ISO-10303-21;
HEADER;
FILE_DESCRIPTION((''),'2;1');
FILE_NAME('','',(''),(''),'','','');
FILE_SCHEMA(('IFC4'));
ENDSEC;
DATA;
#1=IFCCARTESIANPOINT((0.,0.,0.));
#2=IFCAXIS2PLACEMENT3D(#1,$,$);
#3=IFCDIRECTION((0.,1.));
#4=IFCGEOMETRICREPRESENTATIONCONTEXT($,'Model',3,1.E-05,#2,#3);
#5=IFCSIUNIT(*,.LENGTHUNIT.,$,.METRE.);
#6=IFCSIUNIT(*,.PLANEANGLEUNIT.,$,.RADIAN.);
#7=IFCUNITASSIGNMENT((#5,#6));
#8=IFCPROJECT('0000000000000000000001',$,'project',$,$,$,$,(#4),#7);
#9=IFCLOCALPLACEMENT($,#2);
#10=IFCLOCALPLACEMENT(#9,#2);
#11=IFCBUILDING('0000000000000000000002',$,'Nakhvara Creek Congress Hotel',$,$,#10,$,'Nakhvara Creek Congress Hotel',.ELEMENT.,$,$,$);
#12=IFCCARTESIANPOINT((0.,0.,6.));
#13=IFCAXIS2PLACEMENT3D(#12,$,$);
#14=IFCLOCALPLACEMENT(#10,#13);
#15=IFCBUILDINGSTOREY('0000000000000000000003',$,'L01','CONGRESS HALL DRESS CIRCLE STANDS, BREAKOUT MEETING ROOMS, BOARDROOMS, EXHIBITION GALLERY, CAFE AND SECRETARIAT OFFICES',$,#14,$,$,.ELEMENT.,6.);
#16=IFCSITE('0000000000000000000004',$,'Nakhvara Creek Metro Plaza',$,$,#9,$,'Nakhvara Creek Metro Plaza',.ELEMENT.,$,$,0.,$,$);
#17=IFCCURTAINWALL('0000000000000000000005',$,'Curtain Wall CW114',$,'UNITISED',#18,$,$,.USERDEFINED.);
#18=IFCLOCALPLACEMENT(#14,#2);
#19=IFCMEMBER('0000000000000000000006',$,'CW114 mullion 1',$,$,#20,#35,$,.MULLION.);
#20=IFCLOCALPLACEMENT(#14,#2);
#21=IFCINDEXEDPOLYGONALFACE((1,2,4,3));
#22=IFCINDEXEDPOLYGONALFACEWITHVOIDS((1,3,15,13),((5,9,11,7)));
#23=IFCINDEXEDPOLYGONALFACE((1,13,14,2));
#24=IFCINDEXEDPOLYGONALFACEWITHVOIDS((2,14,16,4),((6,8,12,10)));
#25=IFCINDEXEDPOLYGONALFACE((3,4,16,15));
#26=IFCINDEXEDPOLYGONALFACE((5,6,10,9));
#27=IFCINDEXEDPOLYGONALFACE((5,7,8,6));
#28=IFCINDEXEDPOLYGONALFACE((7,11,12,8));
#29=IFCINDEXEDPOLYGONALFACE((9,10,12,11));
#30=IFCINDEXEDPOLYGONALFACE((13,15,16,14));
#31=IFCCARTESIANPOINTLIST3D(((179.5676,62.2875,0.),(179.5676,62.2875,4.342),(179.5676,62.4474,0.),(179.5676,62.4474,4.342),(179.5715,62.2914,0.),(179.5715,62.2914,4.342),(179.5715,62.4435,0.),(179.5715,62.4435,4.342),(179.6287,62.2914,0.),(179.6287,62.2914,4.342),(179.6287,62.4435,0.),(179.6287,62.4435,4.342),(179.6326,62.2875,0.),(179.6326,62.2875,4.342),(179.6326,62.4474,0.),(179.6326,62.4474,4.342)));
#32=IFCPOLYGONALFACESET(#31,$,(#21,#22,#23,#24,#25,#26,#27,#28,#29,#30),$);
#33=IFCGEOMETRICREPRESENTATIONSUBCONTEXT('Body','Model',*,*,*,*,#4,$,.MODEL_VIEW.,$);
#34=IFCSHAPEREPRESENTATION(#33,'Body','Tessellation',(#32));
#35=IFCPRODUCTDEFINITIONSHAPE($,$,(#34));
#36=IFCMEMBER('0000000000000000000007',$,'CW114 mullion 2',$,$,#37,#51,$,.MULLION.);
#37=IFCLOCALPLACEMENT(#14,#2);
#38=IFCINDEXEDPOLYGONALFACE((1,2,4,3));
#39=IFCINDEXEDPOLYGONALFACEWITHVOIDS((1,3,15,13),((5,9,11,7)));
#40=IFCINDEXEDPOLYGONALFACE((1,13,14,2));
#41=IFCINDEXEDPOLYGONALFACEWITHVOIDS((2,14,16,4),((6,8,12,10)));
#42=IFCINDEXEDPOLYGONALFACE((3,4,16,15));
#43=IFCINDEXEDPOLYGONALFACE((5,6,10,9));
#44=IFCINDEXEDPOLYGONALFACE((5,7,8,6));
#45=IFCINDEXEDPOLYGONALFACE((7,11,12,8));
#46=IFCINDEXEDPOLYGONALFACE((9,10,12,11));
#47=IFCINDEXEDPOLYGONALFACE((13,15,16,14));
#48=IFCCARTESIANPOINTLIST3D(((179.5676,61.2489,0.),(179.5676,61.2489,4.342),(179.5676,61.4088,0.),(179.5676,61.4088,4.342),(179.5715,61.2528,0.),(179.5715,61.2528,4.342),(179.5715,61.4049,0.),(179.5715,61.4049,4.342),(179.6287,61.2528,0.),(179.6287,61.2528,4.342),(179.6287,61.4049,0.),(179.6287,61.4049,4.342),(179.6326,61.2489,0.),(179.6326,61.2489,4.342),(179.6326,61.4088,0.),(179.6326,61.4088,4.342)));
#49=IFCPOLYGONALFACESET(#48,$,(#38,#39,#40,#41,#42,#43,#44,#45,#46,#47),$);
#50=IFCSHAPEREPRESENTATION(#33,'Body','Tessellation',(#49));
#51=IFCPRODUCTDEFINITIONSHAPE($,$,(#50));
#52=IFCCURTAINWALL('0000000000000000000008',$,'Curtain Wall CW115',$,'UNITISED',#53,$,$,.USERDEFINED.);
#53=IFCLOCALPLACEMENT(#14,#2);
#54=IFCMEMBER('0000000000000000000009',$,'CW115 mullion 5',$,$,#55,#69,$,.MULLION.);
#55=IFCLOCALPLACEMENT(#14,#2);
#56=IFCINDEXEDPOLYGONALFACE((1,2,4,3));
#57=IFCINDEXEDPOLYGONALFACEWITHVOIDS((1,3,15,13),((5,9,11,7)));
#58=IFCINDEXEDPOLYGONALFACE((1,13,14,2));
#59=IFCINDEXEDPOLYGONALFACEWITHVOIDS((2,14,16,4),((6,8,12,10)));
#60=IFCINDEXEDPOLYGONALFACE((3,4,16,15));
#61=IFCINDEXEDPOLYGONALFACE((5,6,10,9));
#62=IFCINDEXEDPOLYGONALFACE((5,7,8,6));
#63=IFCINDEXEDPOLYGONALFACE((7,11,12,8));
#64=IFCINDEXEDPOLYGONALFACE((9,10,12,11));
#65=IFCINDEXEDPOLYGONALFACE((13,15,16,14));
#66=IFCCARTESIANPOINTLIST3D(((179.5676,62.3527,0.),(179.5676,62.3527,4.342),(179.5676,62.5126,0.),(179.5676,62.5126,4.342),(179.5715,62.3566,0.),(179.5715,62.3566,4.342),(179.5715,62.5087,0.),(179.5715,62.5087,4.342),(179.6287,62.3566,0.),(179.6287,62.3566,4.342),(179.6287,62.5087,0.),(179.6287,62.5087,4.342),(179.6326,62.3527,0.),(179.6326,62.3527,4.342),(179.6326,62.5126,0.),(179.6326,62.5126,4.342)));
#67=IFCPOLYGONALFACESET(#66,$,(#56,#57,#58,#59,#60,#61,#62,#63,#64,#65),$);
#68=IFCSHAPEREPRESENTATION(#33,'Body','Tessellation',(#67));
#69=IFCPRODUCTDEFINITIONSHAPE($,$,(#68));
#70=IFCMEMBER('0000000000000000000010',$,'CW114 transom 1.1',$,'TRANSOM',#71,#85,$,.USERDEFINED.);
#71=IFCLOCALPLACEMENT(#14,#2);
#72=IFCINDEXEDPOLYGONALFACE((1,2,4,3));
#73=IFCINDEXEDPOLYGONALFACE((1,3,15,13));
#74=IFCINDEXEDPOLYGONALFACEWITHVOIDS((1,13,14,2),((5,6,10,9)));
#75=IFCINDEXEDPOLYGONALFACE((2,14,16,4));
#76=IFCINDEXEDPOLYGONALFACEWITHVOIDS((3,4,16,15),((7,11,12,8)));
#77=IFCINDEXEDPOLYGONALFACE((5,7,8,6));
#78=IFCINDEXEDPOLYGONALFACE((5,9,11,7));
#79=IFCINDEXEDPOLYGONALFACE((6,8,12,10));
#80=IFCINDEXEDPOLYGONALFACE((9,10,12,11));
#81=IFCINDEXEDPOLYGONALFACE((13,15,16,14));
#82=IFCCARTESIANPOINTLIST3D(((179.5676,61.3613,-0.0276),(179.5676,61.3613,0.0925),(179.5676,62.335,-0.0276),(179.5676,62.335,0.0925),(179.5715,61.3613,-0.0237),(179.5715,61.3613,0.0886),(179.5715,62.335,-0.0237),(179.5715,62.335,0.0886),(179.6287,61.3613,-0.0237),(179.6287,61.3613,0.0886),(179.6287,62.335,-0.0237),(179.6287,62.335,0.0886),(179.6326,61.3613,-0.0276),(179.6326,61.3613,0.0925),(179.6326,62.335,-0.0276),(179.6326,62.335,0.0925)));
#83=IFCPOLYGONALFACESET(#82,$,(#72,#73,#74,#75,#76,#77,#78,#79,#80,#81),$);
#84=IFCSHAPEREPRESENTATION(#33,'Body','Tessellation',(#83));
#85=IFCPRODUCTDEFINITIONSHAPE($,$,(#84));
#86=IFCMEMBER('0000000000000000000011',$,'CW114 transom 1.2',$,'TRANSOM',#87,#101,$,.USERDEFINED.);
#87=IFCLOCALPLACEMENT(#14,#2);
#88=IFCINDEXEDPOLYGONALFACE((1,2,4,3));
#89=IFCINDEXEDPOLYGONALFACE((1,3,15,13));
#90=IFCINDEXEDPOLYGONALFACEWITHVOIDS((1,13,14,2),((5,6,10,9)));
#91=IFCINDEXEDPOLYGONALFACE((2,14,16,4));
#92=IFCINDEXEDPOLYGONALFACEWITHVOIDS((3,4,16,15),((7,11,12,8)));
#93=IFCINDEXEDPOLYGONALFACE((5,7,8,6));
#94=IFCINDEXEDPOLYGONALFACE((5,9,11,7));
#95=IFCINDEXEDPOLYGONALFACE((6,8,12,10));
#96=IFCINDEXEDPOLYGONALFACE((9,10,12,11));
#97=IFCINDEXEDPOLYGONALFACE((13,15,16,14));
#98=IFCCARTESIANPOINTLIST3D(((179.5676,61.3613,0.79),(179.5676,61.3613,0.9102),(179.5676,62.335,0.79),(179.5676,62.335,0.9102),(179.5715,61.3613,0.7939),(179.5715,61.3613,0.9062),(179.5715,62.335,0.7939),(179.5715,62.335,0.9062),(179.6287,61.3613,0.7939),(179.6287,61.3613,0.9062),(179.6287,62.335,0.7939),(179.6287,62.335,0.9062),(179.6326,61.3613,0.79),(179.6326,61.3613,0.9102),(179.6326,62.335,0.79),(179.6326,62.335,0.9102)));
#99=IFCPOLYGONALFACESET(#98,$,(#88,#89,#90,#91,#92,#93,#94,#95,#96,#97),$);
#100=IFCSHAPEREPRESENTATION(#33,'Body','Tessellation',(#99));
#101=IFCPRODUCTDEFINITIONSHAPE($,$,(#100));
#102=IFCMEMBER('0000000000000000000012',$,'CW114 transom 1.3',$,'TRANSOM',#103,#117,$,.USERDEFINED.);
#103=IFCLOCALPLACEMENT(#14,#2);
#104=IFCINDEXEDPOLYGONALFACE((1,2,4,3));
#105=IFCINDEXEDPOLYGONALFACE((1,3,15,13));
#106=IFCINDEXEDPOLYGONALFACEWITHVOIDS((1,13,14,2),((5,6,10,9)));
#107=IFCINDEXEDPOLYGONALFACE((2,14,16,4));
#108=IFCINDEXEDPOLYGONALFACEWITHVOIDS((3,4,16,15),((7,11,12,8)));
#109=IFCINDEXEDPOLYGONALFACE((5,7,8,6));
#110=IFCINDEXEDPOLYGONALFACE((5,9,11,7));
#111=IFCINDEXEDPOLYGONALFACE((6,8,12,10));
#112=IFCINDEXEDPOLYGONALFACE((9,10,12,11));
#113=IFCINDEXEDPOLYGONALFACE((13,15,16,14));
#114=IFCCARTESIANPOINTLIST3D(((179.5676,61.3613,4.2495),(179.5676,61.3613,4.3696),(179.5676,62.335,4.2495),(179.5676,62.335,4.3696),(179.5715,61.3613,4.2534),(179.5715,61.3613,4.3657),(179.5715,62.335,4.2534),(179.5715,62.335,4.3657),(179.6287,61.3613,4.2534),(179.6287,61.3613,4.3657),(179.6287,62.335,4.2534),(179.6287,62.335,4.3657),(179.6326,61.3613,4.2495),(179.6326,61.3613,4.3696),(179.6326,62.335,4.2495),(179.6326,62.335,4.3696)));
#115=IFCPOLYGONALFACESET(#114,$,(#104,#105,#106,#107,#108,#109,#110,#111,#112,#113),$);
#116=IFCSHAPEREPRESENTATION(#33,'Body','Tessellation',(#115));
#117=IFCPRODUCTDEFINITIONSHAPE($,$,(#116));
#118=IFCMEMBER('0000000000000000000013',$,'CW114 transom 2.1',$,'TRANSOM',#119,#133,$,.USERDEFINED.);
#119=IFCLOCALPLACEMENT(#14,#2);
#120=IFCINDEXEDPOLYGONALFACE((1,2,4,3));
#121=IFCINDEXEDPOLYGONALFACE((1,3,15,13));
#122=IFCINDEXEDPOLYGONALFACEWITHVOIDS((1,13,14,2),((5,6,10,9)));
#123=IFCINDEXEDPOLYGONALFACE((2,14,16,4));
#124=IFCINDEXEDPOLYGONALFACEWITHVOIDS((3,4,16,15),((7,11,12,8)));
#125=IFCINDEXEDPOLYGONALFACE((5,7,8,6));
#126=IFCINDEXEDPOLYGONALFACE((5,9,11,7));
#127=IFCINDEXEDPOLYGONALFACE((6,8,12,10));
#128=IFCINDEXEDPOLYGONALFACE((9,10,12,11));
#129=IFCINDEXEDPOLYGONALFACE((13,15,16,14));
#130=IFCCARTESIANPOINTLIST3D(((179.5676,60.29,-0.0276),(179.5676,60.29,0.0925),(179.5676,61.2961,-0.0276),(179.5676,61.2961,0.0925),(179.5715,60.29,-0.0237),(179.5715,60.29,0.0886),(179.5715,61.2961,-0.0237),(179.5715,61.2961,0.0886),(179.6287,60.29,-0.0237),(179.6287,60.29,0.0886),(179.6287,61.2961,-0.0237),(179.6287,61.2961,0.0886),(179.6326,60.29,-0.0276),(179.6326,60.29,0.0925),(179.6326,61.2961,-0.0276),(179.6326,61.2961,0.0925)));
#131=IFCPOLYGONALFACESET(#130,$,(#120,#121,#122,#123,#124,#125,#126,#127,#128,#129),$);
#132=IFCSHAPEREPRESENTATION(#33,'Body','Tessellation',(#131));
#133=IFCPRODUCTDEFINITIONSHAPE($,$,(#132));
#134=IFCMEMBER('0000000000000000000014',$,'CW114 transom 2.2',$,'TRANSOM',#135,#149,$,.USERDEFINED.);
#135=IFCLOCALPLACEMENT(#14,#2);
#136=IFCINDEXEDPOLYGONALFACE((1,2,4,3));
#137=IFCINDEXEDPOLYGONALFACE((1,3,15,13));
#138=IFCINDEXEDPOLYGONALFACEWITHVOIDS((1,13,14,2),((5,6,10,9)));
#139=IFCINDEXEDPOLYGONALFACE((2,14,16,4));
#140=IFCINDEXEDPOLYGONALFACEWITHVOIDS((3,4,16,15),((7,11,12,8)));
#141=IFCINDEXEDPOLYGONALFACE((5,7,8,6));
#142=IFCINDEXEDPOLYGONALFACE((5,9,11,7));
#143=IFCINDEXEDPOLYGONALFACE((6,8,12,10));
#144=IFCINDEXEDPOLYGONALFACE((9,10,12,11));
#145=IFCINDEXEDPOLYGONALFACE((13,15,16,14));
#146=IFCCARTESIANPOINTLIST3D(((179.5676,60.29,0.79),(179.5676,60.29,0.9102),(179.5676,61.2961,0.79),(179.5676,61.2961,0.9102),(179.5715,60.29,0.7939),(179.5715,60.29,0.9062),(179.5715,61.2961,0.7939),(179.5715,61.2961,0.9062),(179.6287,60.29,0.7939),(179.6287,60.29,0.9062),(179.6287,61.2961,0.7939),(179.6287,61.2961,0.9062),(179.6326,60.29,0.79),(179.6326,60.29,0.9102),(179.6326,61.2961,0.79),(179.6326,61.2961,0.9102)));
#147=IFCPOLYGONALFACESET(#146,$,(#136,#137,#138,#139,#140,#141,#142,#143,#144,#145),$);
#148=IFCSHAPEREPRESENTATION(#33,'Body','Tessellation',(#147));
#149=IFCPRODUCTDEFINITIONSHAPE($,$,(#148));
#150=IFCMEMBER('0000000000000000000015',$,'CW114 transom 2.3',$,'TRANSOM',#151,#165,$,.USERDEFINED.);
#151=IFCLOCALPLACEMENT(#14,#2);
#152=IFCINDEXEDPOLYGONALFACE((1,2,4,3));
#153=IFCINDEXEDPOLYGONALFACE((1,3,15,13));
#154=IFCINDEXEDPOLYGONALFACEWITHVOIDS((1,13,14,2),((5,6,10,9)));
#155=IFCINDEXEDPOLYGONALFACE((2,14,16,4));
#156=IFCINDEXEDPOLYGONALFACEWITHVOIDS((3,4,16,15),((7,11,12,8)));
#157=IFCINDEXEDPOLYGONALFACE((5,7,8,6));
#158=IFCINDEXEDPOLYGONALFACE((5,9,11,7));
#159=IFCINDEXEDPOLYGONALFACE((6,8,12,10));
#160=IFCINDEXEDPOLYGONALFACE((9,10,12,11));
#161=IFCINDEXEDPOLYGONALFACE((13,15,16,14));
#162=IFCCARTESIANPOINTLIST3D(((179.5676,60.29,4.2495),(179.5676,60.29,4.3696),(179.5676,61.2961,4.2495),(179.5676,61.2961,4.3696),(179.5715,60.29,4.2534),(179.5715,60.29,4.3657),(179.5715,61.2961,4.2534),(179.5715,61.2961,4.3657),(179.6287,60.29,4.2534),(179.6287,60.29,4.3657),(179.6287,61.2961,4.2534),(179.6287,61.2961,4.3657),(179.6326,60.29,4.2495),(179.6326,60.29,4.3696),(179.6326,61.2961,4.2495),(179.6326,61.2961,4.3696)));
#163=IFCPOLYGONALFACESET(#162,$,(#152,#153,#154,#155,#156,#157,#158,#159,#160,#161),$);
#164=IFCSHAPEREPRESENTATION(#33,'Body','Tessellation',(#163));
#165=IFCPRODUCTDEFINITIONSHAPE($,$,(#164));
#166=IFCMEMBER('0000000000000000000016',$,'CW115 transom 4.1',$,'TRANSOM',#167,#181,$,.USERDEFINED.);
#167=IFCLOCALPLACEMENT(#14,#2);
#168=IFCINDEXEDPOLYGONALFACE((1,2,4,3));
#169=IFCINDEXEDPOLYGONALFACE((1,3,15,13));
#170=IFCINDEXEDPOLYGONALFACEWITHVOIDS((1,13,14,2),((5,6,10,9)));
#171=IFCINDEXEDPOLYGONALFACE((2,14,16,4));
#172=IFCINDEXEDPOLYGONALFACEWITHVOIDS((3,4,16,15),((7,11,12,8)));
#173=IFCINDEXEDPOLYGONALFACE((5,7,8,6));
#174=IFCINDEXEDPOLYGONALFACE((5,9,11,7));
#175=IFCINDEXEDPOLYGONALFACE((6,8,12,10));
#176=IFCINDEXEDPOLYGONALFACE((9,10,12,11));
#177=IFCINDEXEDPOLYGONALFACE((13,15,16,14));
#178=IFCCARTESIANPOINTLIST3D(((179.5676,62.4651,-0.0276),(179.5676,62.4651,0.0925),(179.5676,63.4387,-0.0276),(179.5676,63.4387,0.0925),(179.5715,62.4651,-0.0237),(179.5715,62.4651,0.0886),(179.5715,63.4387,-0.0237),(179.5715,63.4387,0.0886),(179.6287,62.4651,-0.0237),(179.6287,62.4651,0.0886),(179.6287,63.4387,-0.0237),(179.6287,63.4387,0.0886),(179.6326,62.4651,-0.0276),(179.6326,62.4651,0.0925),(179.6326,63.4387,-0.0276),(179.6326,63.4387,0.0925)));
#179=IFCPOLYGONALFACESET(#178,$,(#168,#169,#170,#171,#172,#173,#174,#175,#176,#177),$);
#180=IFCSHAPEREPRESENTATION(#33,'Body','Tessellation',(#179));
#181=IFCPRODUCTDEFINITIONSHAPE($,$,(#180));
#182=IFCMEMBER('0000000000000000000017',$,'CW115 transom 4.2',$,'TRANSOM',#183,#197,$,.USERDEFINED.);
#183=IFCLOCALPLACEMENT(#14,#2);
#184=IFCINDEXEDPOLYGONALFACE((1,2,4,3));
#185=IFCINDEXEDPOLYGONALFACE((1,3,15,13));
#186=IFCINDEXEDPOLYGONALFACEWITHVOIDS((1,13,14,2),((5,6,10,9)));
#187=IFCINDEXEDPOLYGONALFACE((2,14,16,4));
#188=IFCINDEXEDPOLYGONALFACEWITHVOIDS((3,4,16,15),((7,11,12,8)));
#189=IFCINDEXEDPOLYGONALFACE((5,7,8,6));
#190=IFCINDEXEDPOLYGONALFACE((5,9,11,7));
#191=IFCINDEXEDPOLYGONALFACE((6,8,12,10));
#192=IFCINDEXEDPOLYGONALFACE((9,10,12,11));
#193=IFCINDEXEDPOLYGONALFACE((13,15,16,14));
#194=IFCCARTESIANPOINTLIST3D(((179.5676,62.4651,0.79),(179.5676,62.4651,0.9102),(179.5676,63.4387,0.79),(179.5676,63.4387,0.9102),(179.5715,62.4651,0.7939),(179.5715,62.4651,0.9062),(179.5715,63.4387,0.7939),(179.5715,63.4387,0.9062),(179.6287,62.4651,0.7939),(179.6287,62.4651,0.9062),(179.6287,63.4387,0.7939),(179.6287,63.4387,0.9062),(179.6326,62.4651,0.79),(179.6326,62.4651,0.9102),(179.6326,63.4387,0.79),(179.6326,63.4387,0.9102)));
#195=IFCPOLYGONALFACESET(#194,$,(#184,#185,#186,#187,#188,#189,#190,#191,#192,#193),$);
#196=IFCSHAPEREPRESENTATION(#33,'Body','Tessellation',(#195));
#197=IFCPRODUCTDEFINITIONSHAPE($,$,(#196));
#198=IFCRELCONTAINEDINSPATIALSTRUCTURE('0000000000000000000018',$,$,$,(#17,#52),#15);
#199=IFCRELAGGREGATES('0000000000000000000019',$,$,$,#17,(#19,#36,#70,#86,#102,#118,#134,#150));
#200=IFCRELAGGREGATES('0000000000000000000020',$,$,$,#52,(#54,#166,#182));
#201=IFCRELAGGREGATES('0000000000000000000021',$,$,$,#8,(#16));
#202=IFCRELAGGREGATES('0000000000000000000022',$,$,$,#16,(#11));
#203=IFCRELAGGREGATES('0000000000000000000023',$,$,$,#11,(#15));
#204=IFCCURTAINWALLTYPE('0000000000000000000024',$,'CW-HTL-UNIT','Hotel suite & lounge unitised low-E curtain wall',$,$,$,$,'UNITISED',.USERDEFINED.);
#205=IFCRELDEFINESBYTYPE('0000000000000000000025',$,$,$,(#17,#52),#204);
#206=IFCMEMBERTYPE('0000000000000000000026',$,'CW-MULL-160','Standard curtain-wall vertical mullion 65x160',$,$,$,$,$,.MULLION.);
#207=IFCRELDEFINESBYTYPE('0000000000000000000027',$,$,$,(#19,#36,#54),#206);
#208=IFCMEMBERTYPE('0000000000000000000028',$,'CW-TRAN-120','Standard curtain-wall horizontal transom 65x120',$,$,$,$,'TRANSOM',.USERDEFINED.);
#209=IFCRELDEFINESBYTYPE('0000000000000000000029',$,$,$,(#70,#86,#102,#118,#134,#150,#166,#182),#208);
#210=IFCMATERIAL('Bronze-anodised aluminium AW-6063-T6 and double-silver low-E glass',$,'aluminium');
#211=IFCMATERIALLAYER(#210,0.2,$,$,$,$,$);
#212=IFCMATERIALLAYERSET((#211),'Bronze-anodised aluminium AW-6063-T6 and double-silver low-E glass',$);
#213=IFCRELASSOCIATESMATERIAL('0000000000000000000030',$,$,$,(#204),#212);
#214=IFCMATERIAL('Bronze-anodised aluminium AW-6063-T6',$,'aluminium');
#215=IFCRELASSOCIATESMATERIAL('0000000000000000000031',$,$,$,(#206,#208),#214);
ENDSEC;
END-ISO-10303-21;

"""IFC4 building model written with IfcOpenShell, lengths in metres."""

from ifc_helpers import new_model, si_unit, direction, frame, origin, origin_2d, place, context, subcontext, project, spatial, hollow_rectangle, extrude, material, layer, layer_set, material_profile, profile_set, type_object, element, aggregate, save


model = new_model("IFC4")

# Units and contexts
model_context = context("Model", 3, precision=1e-05, world=origin(), true_north=direction((0.0, 1.0)))
body_context = subcontext(model_context, "Body", "Model", "MODEL_VIEW")
ifc_project = project(units=[si_unit("LENGTHUNIT", "METRE"), si_unit("PLANEANGLEUNIT", "RADIAN")], contexts=[model_context])

# Site, building, storey
site_placement = place(None, origin())
site = spatial("IfcSite", under=ifc_project, at=site_placement, Name="Nakhvara Creek Metro Plaza", LongName="Nakhvara Creek Metro Plaza", CompositionType="ELEMENT", RefElevation=0.0)
building_placement = place(site_placement, origin())
building = spatial("IfcBuilding", under=site, at=building_placement, Name="Nakhvara Creek Congress Hotel", LongName="Nakhvara Creek Congress Hotel", CompositionType="ELEMENT")
storey_placement = place(building_placement, frame((0.0, 0.0, 6.0)))
storey = spatial("IfcBuildingStorey", under=building, at=storey_placement, Name="L01", Description="CONGRESS HALL DRESS CIRCLE STANDS, BREAKOUT MEETING ROOMS, BOARDROOMS, EXHIBITION GALLERY, CAFE AND SECRETARIAT OFFICES", CompositionType="ELEMENT", Elevation=6.0)

# Curtain wall, members
ifc_material_1 = material(Name="Bronze-anodised aluminium AW-6063-T6 and double-silver low-E glass", Category="aluminium")
ifc_layer_1 = layer(ifc_material_1, 0.2)
ifc_layer_set_1 = layer_set([ifc_layer_1], Name="Bronze-anodised aluminium AW-6063-T6 and double-silver low-E glass")
curtain_wall_type = type_object("IfcCurtainWallType", Name="CW-HTL-UNIT", Description="Hotel suite & lounge unitised low-E curtain wall", ElementType="UNITISED", PredefinedType="USERDEFINED", material=ifc_layer_set_1)
curtain_wall_1_placement = place(storey_placement, origin())
curtain_wall_1 = element("IfcCurtainWall", 1, at=curtain_wall_1_placement, inside=storey, type_object=curtain_wall_type, Name="Curtain Wall CW114", ObjectType="UNITISED", PredefinedType="USERDEFINED")
ifc_material_2 = material(Name="Bronze-anodised aluminium AW-6063-T6", Category="aluminium")
ifc_material_profile_1 = material_profile(ifc_material_2, hollow_rectangle(XDim=0.0649, YDim=0.1599, WallThickness=0.0039, at=origin_2d()), Name="ALU-MULL 65x160x4", Category="LoadBearing")
ifc_profile_set_1 = profile_set([ifc_material_profile_1], Name="Bronze-anodised aluminium AW-6063-T6")
member_type_1 = type_object("IfcMemberType", Name="CW-MULL-160", Description="Standard curtain-wall vertical mullion 65x160", PredefinedType="MULLION", material=ifc_profile_set_1)
member_1_placement = place(storey_placement, frame((179.6001, 62.3674, 0.0), z_axis=(0.0, 0.0, 1.0), x_axis=(1.0, 0.0, 0.0)))
member_1 = element("IfcMember", 2, at=member_1_placement, type_object=member_type_1, Name="CW114 mullion 1", PredefinedType="MULLION", context=body_context, shape_type="SweptSolid", body=[
    extrude(hollow_rectangle(XDim=0.0649, YDim=0.1599, WallThickness=0.0039, at=origin_2d()), origin(), (0.0, 0.0, 1.0), 4.342),
])
member_2_placement = place(storey_placement, frame((179.6001, 61.3289, 0.0), z_axis=(0.0, 0.0, 1.0), x_axis=(1.0, 0.0, 0.0)))
member_2 = element("IfcMember", 3, at=member_2_placement, type_object=member_type_1, Name="CW114 mullion 2", PredefinedType="MULLION", context=body_context, shape_type="SweptSolid", body=[
    extrude(hollow_rectangle(XDim=0.0649, YDim=0.1599, WallThickness=0.0039, at=origin_2d()), origin(), (0.0, 0.0, 1.0), 4.342),
])

# Curtain wall, member
curtain_wall_2_placement = place(storey_placement, origin())
curtain_wall_2 = element("IfcCurtainWall", 4, at=curtain_wall_2_placement, inside=storey, type_object=curtain_wall_type, Name="Curtain Wall CW115", ObjectType="UNITISED", PredefinedType="USERDEFINED")
member_3_placement = place(storey_placement, frame((179.6001, 62.4326, 0.0), z_axis=(0.0, 0.0, 1.0), x_axis=(1.0, 0.0, 0.0)))
member_3 = element("IfcMember", 5, at=member_3_placement, type_object=member_type_1, Name="CW115 mullion 5", PredefinedType="MULLION", context=body_context, shape_type="SweptSolid", body=[
    extrude(hollow_rectangle(XDim=0.0649, YDim=0.1599, WallThickness=0.0039, at=origin_2d()), origin(), (0.0, 0.0, 1.0), 4.342),
])

# Members
ifc_material_profile_2 = material_profile(ifc_material_2, hollow_rectangle(XDim=0.0649, YDim=0.1201, WallThickness=0.0039, at=origin_2d()), Name="ALU-TRAN 65x120x4", Category="LoadBearing")
ifc_profile_set_2 = profile_set([ifc_material_profile_2], Name="Bronze-anodised aluminium AW-6063-T6")
member_type_2 = type_object("IfcMemberType", Name="CW-TRAN-120", Description="Standard curtain-wall horizontal transom 65x120", ElementType="TRANSOM", PredefinedType="USERDEFINED", material=ifc_profile_set_2)
member_4_placement = place(storey_placement, frame((179.6001, 62.335, 0.0325), z_axis=(0.0, -1.0, 0.0), x_axis=(1.0, 0.0, 0.0)))
member_4 = element("IfcMember", 6, at=member_4_placement, type_object=member_type_2, Name="CW114 transom 1.1", ObjectType="TRANSOM", PredefinedType="USERDEFINED", context=body_context, shape_type="SweptSolid", body=[
    extrude(hollow_rectangle(XDim=0.0649, YDim=0.1201, WallThickness=0.0039, at=origin_2d()), origin(), (0.0, 0.0, 1.0), 0.9736),
])
member_5_placement = place(storey_placement, frame((179.6001, 62.335, 0.8501), z_axis=(0.0, -1.0, 0.0), x_axis=(1.0, 0.0, 0.0)))
member_5 = element("IfcMember", 7, at=member_5_placement, type_object=member_type_2, Name="CW114 transom 1.2", ObjectType="TRANSOM", PredefinedType="USERDEFINED", context=body_context, shape_type="SweptSolid", body=[
    extrude(hollow_rectangle(XDim=0.0649, YDim=0.1201, WallThickness=0.0039, at=origin_2d()), origin(), (0.0, 0.0, 1.0), 0.9736),
])
member_6_placement = place(storey_placement, frame((179.6001, 62.335, 4.3096), z_axis=(0.0, -1.0, 0.0), x_axis=(1.0, 0.0, 0.0)))
member_6 = element("IfcMember", 8, at=member_6_placement, type_object=member_type_2, Name="CW114 transom 1.3", ObjectType="TRANSOM", PredefinedType="USERDEFINED", context=body_context, shape_type="SweptSolid", body=[
    extrude(hollow_rectangle(XDim=0.0649, YDim=0.1201, WallThickness=0.0039, at=origin_2d()), origin(), (0.0, 0.0, 1.0), 0.9736),
])
member_7_placement = place(storey_placement, frame((179.6001, 61.2961, 0.0325), z_axis=(0.0, -1.0, 0.0), x_axis=(1.0, 0.0, 0.0)))
member_7 = element("IfcMember", 9, at=member_7_placement, type_object=member_type_2, Name="CW114 transom 2.1", ObjectType="TRANSOM", PredefinedType="USERDEFINED", context=body_context, shape_type="SweptSolid", body=[
    extrude(hollow_rectangle(XDim=0.0649, YDim=0.1201, WallThickness=0.0039, at=origin_2d()), origin(), (0.0, 0.0, 1.0), 1.0061),
])
member_8_placement = place(storey_placement, frame((179.6001, 61.2961, 0.8501), z_axis=(0.0, -1.0, 0.0), x_axis=(1.0, 0.0, 0.0)))
member_8 = element("IfcMember", 10, at=member_8_placement, type_object=member_type_2, Name="CW114 transom 2.2", ObjectType="TRANSOM", PredefinedType="USERDEFINED", context=body_context, shape_type="SweptSolid", body=[
    extrude(hollow_rectangle(XDim=0.0649, YDim=0.1201, WallThickness=0.0039, at=origin_2d()), origin(), (0.0, 0.0, 1.0), 1.0061),
])
member_9_placement = place(storey_placement, frame((179.6001, 61.2961, 4.3096), z_axis=(0.0, -1.0, 0.0), x_axis=(1.0, 0.0, 0.0)))
member_9 = element("IfcMember", 11, at=member_9_placement, type_object=member_type_2, Name="CW114 transom 2.3", ObjectType="TRANSOM", PredefinedType="USERDEFINED", context=body_context, shape_type="SweptSolid", body=[
    extrude(hollow_rectangle(XDim=0.0649, YDim=0.1201, WallThickness=0.0039, at=origin_2d()), origin(), (0.0, 0.0, 1.0), 1.0061),
])
member_10_placement = place(storey_placement, frame((179.6001, 63.4387, 0.0325), z_axis=(0.0, -1.0, 0.0), x_axis=(1.0, 0.0, 0.0)))
member_10 = element("IfcMember", 12, at=member_10_placement, type_object=member_type_2, Name="CW115 transom 4.1", ObjectType="TRANSOM", PredefinedType="USERDEFINED", context=body_context, shape_type="SweptSolid", body=[
    extrude(hollow_rectangle(XDim=0.0649, YDim=0.1201, WallThickness=0.0039, at=origin_2d()), origin(), (0.0, 0.0, 1.0), 0.9736),
])
member_11_placement = place(storey_placement, frame((179.6001, 63.4387, 0.8501), z_axis=(0.0, -1.0, 0.0), x_axis=(1.0, 0.0, 0.0)))
member_11 = element("IfcMember", 13, at=member_11_placement, type_object=member_type_2, Name="CW115 transom 4.2", ObjectType="TRANSOM", PredefinedType="USERDEFINED", context=body_context, shape_type="SweptSolid", body=[
    extrude(hollow_rectangle(XDim=0.0649, YDim=0.1201, WallThickness=0.0039, at=origin_2d()), origin(), (0.0, 0.0, 1.0), 0.9736),
])

aggregate(curtain_wall_1, [member_1, member_2, member_4, member_5, member_6, member_7, member_8, member_9])
aggregate(curtain_wall_2, [member_3, member_10, member_11])

save(model, "model.ifc")
